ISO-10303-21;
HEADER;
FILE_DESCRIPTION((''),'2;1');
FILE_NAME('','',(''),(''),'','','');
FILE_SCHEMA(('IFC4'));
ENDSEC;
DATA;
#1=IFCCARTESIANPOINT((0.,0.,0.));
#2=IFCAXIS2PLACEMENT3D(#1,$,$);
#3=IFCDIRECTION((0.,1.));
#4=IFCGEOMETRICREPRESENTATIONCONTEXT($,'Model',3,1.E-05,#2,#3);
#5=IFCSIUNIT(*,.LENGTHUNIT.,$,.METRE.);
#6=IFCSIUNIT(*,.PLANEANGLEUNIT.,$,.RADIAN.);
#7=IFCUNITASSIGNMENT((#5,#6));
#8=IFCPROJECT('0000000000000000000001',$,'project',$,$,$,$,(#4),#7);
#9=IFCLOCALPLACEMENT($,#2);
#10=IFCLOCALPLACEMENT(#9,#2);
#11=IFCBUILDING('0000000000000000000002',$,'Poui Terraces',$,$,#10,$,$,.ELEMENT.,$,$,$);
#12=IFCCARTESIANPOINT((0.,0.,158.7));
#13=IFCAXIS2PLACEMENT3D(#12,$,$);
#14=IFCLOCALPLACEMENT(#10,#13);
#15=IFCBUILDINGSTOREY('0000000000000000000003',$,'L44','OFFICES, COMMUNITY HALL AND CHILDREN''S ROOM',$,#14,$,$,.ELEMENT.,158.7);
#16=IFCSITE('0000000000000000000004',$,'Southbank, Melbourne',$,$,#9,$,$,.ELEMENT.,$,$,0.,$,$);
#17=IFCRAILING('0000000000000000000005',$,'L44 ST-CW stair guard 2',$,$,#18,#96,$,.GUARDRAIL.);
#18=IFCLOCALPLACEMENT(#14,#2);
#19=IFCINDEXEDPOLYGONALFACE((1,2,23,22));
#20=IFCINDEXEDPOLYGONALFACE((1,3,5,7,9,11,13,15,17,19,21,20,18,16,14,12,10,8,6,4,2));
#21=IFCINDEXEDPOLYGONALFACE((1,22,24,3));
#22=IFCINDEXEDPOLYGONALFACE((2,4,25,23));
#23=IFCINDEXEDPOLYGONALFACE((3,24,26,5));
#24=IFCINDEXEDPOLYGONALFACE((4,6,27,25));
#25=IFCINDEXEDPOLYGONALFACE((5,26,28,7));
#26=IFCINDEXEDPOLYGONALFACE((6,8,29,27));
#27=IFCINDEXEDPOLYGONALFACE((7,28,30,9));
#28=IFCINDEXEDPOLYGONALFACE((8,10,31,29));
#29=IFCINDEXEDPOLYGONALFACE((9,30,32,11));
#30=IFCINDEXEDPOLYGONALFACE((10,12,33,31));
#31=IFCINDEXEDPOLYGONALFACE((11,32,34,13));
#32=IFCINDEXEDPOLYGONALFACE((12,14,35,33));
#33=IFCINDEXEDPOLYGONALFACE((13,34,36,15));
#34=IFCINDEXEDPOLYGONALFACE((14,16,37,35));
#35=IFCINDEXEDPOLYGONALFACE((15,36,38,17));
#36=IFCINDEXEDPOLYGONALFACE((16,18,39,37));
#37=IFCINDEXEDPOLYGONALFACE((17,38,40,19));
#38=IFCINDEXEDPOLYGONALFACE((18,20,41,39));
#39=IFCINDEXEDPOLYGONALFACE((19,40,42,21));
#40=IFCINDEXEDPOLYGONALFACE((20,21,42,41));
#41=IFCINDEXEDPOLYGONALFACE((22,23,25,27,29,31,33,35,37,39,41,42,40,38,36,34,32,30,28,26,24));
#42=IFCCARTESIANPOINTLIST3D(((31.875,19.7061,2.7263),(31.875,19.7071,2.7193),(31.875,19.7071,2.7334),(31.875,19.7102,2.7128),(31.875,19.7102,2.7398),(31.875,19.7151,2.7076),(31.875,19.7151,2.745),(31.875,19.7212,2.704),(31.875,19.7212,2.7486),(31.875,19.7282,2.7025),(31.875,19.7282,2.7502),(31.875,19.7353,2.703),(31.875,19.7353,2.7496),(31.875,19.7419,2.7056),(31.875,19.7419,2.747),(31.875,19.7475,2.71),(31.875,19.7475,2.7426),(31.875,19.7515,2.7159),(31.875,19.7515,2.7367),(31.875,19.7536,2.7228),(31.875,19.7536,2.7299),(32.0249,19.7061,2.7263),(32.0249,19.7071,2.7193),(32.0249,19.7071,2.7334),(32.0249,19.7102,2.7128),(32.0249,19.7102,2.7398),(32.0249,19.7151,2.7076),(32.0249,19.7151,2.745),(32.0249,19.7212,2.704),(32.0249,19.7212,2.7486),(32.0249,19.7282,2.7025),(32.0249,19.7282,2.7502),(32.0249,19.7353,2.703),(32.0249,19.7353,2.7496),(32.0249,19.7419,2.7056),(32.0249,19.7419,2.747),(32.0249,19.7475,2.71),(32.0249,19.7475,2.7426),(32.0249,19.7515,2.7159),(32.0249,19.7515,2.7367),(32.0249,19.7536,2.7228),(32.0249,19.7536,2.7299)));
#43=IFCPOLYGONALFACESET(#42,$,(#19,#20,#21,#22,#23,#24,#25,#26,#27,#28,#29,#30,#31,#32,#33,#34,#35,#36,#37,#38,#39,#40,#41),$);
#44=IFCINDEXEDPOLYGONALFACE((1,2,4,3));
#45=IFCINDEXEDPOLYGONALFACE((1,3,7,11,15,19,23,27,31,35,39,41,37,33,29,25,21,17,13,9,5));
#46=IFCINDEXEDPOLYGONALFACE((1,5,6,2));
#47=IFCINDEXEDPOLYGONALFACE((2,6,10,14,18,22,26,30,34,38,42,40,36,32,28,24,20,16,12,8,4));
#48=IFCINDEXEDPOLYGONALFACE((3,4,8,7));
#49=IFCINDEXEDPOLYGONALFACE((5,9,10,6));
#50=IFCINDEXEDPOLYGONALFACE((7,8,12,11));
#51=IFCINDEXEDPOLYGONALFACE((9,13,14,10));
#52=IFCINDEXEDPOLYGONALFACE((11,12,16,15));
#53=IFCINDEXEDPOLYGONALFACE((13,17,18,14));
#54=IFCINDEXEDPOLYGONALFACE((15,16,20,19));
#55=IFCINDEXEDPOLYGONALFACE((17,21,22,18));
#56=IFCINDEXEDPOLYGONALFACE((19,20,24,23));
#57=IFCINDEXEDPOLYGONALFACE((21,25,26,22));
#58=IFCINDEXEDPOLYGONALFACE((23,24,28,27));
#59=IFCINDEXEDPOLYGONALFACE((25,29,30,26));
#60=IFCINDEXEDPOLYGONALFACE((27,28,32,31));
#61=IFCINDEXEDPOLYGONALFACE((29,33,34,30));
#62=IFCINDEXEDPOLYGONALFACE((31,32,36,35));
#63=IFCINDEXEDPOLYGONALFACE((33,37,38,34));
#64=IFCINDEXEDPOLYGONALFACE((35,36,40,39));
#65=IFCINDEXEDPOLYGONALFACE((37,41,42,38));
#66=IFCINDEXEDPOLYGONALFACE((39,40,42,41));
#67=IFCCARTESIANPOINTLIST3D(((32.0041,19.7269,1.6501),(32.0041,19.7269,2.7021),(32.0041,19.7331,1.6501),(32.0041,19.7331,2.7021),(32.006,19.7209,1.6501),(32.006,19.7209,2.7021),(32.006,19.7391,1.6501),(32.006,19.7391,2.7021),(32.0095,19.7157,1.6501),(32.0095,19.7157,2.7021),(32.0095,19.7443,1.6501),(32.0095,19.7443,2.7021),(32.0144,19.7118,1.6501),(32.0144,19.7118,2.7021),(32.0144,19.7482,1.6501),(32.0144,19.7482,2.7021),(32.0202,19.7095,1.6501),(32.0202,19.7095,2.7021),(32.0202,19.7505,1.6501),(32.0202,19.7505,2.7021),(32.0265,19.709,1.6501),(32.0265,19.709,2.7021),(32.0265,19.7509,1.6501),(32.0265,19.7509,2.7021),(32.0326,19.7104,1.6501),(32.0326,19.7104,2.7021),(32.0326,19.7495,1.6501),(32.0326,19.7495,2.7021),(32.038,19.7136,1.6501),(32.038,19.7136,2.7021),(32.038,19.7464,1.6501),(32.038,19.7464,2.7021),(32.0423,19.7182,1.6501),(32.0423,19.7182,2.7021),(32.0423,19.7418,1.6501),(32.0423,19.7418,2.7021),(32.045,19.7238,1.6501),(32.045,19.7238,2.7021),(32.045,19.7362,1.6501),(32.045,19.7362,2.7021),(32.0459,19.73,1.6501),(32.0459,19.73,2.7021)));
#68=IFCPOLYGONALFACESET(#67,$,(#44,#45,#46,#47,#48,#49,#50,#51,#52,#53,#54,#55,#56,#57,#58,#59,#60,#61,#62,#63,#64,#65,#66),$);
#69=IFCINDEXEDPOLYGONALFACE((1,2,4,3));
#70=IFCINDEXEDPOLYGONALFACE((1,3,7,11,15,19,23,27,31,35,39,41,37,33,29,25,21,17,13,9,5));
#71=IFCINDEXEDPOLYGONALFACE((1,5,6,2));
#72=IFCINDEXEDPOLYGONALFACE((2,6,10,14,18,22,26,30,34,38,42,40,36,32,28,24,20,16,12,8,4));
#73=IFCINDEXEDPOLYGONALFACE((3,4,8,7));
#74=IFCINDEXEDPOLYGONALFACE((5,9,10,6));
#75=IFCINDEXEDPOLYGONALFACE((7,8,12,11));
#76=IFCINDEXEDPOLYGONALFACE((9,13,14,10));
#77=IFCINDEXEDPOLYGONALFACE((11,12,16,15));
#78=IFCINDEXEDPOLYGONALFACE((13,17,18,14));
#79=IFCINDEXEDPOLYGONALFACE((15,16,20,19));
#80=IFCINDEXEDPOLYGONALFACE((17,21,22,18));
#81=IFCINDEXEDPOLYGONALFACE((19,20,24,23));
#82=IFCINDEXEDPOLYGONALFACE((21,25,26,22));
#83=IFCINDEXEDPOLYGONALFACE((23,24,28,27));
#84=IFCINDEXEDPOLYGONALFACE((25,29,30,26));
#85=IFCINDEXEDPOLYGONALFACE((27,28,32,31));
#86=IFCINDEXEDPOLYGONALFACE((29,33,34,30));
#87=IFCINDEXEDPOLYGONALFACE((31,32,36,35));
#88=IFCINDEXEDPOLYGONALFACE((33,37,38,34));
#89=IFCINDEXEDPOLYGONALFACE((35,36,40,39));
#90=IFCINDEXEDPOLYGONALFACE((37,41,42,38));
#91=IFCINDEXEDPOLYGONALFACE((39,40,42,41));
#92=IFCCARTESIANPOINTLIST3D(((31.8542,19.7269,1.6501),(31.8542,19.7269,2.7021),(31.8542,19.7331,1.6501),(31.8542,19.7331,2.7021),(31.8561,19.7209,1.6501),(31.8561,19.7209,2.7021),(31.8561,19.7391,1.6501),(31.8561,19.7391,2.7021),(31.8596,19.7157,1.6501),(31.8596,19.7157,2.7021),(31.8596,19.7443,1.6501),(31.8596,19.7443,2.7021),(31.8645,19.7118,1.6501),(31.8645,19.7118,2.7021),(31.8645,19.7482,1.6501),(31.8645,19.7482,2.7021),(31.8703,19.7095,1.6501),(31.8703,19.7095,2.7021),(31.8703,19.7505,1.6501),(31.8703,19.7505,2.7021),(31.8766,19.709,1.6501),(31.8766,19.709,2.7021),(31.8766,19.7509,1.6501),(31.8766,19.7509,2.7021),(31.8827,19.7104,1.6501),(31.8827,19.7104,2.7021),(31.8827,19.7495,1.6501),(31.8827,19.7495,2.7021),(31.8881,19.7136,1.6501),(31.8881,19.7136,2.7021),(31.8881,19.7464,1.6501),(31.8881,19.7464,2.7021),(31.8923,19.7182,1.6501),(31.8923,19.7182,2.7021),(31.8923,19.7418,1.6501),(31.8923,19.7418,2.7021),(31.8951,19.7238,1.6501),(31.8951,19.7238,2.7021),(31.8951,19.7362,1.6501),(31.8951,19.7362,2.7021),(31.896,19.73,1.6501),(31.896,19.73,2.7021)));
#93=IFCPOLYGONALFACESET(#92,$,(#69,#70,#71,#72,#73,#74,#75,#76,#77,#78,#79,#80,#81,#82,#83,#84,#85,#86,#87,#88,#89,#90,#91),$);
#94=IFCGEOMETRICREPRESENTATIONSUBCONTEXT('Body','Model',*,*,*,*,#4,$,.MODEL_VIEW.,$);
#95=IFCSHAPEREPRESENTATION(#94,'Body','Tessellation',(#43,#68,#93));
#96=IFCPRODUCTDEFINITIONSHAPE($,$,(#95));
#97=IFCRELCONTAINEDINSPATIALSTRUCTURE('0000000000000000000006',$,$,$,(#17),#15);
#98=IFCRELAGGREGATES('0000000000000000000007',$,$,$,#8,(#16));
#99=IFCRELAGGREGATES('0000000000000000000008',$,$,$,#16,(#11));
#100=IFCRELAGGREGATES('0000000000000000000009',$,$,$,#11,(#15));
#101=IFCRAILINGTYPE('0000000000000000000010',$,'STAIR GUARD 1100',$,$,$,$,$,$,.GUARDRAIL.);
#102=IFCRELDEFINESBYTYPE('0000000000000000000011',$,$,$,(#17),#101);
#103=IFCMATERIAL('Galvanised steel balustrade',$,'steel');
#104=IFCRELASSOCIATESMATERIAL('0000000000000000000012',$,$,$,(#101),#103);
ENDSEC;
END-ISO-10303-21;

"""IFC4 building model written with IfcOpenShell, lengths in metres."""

from ifc_helpers import new_model, si_unit, direction, frame, origin, origin_2d, place, context, subcontext, project, spatial, circle, extrude, material, type_object, element, save


model = new_model("IFC4")

# Units and contexts
model_context = context("Model", 3, precision=1e-05, world=origin(), true_north=direction((0.0, 1.0)))
body_context = subcontext(model_context, "Body", "Model", "MODEL_VIEW")
ifc_project = project(units=[si_unit("LENGTHUNIT", "METRE"), si_unit("PLANEANGLEUNIT", "RADIAN")], contexts=[model_context])

# Site, building, storey
site_placement = place(None, origin())
site = spatial("IfcSite", under=ifc_project, at=site_placement, Name="Southbank, Melbourne", CompositionType="ELEMENT", RefElevation=0.0)
building_placement = place(site_placement, origin())
building = spatial("IfcBuilding", under=site, at=building_placement, Name="Poui Terraces", CompositionType="ELEMENT")
storey_placement = place(building_placement, frame((0.0, 0.0, 158.7)))
storey = spatial("IfcBuildingStorey", under=building, at=storey_placement, Name="L44", Description="OFFICES, COMMUNITY HALL AND CHILDREN'S ROOM", CompositionType="ELEMENT", Elevation=158.7)

# Railing
ifc_material_1 = material(Name="Galvanised steel balustrade", Category="steel")
railing_type_1 = type_object("IfcRailingType", Name="STAIR GUARD 1100", PredefinedType="GUARDRAIL", material=ifc_material_1)
railing_1_placement = place(storey_placement, frame((32.0249, 19.73, 1.6501)))
element("IfcRailing", 1, at=railing_1_placement, inside=storey, type_object=railing_type_1, Name="L44 ST-CW stair guard 2", PredefinedType="GUARDRAIL", context=body_context, shape_type="SweptSolid", body=[
    extrude(circle(Radius=0.0239, at=origin_2d()), frame((0.0, 0.0, 1.0762), z_axis=(-1.0, 0.0, 0.0), x_axis=(0.0, -1.0, 0.0)), (0.0, 0.0, 1.0), 0.1499),
    extrude(circle(Radius=0.021, at=origin_2d()), origin(), (0.0, 0.0, 1.0), 1.052),
    extrude(circle(Radius=0.021, at=origin_2d()), frame((-0.1499, 0.0, 0.0)), (0.0, 0.0, 1.0), 1.052),
])

save(model, "model.ifc")
